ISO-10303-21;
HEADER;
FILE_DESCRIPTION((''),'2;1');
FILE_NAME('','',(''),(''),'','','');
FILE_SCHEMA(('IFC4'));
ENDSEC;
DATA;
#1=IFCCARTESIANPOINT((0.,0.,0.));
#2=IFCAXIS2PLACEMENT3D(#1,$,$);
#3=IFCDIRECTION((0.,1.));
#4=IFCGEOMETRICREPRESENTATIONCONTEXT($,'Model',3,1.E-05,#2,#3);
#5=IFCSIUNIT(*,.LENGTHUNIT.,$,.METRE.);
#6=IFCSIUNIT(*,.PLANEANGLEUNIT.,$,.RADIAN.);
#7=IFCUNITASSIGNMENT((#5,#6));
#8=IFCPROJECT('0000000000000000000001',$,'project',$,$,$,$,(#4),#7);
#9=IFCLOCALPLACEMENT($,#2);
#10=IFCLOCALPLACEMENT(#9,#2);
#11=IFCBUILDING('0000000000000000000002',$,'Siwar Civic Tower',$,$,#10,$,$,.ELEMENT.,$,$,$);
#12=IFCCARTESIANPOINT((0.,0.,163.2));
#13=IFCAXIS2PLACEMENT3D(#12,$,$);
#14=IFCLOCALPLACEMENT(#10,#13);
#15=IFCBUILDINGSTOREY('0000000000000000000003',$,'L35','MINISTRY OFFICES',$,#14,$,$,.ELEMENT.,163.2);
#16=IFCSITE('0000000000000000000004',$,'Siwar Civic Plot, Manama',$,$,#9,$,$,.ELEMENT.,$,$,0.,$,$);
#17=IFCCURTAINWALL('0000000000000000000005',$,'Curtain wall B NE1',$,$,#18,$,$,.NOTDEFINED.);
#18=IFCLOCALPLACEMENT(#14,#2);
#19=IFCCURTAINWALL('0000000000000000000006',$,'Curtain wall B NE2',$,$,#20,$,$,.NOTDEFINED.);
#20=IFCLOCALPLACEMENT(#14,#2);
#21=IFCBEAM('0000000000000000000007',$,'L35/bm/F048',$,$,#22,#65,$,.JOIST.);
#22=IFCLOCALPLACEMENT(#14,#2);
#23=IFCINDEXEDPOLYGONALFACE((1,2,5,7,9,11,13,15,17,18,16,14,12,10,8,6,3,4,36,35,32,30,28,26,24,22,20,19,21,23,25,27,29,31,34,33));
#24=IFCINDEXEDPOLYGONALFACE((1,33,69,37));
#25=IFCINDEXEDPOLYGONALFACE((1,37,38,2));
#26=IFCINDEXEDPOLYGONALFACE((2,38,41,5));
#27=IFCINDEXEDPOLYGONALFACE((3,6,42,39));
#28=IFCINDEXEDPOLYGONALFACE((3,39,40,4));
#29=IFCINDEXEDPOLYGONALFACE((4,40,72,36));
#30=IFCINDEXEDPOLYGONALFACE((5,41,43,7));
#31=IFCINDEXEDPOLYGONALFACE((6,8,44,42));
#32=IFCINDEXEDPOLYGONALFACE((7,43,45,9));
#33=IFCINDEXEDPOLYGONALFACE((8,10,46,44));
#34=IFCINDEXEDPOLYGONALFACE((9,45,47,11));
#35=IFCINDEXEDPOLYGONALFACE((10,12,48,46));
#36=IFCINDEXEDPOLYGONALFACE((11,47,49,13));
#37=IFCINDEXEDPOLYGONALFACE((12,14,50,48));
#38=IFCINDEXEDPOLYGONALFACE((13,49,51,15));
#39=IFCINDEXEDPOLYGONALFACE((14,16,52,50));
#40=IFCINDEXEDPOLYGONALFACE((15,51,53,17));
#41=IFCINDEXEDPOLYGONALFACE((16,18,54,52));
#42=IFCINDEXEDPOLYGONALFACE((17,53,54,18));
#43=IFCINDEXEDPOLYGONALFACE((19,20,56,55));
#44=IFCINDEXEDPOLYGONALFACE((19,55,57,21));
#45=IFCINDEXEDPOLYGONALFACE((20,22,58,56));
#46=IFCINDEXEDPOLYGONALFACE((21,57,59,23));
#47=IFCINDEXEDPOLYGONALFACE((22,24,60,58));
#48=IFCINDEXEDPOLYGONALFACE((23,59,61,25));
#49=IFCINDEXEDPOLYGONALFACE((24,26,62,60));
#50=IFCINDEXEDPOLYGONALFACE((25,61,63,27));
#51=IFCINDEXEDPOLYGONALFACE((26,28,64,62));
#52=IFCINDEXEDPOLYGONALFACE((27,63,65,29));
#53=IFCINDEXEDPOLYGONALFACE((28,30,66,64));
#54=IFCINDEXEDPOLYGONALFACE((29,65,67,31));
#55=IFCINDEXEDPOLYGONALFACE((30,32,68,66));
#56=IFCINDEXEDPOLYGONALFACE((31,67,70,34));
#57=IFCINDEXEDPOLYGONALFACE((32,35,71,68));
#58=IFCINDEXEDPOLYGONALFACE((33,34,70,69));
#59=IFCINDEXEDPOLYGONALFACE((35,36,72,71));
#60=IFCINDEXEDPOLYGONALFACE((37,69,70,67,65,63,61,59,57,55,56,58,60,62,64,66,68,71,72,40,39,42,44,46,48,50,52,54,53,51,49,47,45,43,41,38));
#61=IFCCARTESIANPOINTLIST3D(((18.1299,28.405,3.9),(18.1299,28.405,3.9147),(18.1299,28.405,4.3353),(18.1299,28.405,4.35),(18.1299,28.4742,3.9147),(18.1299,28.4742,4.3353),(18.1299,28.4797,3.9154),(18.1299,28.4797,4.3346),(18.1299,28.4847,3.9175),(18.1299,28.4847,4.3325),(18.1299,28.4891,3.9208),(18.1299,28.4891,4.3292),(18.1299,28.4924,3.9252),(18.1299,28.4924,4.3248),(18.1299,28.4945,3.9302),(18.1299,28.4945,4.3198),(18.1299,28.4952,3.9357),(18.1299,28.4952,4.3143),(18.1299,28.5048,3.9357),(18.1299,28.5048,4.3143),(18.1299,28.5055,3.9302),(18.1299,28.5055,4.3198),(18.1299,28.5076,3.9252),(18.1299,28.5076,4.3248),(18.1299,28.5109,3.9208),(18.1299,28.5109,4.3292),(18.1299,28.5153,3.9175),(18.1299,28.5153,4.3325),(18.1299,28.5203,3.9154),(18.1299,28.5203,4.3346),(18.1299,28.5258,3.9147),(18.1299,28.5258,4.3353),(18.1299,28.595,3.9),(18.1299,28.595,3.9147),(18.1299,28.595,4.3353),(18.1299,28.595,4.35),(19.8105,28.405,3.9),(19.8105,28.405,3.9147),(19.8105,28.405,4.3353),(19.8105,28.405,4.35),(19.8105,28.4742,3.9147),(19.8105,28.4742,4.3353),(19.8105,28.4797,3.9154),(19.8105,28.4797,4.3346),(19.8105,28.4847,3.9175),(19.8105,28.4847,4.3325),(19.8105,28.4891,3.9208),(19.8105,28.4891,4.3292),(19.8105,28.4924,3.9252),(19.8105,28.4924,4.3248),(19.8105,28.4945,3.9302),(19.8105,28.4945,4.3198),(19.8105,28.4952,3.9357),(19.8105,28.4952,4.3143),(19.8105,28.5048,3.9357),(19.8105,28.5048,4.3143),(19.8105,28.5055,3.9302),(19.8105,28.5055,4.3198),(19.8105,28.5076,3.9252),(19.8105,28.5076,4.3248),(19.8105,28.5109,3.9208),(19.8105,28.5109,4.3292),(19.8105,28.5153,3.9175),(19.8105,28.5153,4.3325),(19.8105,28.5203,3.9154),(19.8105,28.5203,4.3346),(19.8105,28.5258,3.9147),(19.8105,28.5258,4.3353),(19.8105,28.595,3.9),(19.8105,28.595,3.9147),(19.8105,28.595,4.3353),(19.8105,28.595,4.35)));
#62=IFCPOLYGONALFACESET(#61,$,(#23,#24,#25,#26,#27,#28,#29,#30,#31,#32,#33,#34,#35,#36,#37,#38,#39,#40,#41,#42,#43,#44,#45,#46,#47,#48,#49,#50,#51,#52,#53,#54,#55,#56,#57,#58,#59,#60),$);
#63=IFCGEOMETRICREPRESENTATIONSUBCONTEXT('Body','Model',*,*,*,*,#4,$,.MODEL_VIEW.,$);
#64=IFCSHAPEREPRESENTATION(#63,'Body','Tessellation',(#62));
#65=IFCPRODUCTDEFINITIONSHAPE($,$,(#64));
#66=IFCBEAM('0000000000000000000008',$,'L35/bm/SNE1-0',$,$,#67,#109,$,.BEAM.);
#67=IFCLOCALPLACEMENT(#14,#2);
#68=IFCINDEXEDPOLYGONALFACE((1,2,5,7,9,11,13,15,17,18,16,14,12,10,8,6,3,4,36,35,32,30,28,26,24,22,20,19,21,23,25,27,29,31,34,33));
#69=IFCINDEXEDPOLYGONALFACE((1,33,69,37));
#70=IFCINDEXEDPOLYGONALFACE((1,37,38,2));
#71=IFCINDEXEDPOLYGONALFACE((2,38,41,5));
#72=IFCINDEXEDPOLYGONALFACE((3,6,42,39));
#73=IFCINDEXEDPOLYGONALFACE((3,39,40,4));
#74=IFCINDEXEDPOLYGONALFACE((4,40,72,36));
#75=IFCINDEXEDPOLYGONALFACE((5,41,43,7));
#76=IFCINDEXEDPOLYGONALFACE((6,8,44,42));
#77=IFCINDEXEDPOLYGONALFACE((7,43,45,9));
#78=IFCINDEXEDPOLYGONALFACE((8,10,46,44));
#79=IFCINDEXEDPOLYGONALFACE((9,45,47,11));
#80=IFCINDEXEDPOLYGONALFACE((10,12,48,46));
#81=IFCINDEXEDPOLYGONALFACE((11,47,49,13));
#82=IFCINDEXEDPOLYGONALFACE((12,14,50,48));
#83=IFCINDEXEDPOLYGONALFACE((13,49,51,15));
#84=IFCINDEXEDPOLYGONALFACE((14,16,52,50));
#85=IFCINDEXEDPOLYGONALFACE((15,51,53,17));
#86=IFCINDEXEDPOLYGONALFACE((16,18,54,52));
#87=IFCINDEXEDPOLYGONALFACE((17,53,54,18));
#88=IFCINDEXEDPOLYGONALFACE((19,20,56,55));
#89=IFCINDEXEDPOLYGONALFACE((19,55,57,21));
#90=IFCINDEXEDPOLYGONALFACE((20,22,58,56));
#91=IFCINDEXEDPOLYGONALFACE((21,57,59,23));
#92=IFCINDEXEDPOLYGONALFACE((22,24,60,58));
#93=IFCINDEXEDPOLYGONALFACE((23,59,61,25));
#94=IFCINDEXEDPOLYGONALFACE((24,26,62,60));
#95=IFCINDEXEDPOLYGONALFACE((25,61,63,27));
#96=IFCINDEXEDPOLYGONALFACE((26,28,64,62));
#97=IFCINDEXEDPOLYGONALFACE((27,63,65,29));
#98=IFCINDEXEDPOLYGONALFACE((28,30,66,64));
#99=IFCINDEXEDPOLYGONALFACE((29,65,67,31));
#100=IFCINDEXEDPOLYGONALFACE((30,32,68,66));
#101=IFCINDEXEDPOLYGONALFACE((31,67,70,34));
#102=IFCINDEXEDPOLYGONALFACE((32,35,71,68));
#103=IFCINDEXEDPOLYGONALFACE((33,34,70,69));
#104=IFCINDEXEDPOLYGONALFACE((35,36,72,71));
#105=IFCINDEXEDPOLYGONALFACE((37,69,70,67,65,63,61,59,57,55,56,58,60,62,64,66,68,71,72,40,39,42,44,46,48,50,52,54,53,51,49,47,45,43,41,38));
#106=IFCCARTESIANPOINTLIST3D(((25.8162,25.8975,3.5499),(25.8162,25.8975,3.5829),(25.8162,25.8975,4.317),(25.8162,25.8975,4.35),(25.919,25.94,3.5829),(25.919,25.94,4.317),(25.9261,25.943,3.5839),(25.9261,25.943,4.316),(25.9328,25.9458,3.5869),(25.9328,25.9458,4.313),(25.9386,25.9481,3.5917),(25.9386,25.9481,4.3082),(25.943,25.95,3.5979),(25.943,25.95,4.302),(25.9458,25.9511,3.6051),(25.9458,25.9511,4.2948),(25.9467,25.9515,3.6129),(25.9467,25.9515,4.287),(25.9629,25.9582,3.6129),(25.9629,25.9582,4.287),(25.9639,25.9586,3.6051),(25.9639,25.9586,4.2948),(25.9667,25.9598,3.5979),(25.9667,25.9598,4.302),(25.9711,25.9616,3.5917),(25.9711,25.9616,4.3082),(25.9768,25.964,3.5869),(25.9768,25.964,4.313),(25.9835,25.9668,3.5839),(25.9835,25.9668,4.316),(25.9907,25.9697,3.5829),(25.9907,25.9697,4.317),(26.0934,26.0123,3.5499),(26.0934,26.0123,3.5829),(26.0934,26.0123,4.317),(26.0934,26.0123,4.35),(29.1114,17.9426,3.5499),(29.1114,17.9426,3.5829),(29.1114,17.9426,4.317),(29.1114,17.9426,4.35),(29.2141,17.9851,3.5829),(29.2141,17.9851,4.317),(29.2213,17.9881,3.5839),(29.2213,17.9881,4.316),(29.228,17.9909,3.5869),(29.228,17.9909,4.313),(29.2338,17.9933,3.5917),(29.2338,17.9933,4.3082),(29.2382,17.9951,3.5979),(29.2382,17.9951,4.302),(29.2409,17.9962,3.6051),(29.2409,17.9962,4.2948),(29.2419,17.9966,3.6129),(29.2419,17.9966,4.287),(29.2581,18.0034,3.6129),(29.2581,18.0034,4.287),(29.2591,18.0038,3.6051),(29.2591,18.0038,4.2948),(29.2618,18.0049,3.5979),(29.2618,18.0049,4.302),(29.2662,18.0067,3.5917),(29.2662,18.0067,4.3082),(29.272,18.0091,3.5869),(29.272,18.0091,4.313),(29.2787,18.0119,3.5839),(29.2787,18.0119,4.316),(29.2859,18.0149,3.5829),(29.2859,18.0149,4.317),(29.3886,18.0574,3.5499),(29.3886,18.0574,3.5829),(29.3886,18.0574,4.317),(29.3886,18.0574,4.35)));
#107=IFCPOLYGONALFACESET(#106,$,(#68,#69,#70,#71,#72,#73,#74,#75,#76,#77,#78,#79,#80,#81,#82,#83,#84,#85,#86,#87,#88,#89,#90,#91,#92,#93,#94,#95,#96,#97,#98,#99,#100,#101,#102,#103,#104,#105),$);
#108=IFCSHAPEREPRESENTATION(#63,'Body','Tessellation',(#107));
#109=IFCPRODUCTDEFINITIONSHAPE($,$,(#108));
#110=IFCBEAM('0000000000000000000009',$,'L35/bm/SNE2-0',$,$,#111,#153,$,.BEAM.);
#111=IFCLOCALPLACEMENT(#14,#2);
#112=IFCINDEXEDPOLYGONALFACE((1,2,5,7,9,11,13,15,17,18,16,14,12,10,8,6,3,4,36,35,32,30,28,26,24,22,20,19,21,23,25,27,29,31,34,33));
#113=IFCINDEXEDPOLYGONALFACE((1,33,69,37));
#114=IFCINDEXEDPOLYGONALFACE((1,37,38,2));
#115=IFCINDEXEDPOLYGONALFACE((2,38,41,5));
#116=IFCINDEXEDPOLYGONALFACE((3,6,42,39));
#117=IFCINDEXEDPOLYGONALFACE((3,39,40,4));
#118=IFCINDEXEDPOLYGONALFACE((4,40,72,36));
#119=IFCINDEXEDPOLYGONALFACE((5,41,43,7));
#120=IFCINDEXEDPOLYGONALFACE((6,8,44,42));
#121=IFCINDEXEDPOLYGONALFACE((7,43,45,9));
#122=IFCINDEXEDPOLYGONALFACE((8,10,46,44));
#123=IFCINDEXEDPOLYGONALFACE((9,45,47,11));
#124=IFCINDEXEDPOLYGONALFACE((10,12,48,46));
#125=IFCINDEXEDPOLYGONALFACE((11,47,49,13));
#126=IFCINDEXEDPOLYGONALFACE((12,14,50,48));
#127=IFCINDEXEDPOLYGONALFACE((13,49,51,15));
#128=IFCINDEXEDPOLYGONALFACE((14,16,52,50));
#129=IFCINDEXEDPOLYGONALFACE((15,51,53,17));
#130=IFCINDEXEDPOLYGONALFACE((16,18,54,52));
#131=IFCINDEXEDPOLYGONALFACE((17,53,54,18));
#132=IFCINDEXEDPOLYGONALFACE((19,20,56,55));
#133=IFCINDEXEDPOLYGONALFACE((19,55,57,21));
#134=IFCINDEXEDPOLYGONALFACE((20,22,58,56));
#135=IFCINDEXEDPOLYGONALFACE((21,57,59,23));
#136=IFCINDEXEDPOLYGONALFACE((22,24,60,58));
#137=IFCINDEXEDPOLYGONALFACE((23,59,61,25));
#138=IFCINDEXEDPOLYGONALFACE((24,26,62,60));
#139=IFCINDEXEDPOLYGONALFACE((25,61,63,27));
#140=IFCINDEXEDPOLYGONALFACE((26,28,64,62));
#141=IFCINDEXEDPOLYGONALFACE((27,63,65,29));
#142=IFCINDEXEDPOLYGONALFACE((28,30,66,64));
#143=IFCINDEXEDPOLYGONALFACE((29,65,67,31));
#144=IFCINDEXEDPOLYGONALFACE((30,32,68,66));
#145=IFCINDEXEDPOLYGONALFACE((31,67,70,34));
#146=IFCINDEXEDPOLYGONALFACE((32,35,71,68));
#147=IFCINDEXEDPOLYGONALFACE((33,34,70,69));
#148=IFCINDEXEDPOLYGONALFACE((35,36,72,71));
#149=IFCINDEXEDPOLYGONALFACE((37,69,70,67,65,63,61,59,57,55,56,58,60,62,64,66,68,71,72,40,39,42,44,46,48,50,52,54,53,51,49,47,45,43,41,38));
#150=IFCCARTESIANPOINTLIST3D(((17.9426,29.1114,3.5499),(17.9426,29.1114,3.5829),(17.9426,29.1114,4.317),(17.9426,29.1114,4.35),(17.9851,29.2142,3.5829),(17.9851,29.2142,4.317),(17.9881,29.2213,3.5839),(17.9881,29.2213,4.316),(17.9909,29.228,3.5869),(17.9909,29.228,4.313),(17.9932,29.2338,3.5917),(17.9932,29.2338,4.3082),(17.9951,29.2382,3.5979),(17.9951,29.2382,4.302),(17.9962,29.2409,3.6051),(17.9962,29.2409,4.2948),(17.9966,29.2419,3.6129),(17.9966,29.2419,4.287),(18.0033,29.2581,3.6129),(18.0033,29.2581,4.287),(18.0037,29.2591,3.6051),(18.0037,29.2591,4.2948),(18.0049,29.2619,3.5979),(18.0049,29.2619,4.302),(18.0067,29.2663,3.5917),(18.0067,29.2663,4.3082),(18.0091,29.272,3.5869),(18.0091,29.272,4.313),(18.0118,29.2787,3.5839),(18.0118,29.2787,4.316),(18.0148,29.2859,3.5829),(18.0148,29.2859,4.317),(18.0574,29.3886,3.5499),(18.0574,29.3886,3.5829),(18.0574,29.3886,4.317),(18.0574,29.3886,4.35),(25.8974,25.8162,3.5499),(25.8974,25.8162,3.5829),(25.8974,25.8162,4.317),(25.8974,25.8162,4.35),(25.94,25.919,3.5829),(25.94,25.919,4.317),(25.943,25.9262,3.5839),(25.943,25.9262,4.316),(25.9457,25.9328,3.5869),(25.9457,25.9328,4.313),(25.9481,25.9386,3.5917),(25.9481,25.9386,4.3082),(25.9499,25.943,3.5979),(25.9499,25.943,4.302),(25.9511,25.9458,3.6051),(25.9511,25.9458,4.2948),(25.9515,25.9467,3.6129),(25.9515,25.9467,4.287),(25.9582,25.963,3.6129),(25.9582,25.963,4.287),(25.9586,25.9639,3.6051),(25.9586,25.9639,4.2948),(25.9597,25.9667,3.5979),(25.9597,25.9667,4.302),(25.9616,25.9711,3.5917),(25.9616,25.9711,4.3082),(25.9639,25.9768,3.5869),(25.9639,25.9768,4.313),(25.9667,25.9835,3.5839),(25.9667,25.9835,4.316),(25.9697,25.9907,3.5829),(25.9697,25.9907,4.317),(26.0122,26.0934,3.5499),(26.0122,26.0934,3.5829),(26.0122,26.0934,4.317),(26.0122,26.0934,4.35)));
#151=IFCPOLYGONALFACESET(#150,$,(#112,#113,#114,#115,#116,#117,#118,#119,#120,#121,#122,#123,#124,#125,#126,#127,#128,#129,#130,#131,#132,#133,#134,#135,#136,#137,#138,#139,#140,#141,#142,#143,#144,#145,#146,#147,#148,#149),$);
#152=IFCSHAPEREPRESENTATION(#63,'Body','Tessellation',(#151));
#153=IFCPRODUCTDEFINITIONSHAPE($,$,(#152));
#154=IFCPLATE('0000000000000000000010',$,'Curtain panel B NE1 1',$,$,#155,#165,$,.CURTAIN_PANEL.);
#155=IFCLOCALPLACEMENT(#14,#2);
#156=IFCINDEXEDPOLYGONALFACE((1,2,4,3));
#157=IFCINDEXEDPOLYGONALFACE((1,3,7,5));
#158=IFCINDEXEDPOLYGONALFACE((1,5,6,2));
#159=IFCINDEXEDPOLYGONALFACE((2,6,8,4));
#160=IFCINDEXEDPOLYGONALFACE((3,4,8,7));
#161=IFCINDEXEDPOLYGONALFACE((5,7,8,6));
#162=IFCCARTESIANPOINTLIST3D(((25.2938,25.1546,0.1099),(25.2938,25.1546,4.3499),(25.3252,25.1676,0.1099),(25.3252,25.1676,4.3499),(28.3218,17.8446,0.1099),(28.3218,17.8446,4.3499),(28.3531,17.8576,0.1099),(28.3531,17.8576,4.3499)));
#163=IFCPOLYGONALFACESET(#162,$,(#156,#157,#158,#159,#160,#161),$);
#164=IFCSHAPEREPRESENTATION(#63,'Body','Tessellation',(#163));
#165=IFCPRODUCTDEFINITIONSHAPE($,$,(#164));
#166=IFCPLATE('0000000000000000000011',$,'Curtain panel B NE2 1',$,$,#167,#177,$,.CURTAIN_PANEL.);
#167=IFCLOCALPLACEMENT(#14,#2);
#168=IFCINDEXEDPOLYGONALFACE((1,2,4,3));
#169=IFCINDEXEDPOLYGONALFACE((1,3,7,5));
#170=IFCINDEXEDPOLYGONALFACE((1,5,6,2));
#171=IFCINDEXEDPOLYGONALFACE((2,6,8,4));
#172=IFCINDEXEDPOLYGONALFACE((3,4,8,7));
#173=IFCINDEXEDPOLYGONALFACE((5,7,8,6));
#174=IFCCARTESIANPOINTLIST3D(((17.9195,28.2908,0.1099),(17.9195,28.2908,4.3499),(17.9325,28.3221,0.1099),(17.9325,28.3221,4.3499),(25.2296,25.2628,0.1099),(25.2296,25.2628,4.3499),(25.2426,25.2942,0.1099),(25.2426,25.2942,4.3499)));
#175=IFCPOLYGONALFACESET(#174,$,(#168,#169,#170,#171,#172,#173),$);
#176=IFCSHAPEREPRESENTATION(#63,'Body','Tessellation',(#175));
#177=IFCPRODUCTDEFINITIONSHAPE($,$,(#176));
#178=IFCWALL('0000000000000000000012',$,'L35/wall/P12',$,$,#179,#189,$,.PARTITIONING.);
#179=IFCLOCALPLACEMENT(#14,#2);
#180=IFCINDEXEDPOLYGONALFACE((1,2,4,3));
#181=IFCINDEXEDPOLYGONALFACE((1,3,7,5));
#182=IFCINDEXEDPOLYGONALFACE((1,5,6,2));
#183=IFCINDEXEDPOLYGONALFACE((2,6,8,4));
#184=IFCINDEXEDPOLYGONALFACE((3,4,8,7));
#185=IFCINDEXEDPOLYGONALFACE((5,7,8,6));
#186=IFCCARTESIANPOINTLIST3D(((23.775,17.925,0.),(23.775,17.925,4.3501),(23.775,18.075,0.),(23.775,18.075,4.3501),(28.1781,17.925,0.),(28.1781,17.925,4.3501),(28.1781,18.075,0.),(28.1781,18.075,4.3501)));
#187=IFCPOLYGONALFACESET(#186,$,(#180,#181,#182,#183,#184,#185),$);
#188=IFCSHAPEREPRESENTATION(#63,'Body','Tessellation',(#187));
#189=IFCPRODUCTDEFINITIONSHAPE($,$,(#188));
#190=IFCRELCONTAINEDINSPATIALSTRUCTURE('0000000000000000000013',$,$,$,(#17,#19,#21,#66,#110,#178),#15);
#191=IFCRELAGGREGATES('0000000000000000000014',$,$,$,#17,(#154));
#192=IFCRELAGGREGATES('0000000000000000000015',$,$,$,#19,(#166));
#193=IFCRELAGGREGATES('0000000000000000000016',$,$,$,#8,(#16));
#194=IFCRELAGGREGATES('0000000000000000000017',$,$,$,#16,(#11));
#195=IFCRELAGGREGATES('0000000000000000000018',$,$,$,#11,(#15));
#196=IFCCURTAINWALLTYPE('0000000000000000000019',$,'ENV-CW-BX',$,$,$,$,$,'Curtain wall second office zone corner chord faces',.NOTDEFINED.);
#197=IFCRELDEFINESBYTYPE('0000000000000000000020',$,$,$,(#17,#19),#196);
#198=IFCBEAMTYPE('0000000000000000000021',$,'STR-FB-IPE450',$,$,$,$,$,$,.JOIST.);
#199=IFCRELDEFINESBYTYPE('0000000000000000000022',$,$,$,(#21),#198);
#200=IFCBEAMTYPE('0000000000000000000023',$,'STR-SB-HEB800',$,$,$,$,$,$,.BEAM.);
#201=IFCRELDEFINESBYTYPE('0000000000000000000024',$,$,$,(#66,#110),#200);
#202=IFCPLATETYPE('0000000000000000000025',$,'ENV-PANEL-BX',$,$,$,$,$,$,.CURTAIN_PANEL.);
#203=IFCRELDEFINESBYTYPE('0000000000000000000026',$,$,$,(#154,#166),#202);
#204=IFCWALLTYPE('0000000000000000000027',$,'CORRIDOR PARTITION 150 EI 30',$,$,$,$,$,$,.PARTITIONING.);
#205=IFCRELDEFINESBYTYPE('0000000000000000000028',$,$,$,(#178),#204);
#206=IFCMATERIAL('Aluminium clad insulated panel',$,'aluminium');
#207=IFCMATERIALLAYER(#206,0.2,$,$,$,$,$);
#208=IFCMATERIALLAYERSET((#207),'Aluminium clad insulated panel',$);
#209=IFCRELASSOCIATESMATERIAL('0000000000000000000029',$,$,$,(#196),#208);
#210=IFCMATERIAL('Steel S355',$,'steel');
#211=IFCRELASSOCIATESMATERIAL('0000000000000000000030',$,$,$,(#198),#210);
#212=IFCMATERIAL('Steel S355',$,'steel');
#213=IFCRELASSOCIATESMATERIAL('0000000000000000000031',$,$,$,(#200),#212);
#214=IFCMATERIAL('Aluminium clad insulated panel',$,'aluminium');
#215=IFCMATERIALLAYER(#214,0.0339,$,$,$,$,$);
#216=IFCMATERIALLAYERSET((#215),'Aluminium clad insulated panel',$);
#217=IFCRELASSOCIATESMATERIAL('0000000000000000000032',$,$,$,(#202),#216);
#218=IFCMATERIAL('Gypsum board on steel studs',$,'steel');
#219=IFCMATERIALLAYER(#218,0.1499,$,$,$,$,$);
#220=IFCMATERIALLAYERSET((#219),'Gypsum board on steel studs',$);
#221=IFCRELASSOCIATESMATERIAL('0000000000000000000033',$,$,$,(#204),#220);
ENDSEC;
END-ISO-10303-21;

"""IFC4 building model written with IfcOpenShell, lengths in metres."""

from ifc_helpers import new_model, si_unit, direction, frame, frame_2d, origin, origin_2d, place, context, subcontext, project, spatial, rectangle, i_section, extrude, material, layer, layer_set, material_profile, profile_set, type_object, element, aggregate, save


model = new_model("IFC4")

# Units and contexts
model_context = context("Model", 3, precision=1e-05, world=origin(), true_north=direction((0.0, 1.0)))
body_context = subcontext(model_context, "Body", "Model", "MODEL_VIEW")
ifc_project = project(units=[si_unit("LENGTHUNIT", "METRE"), si_unit("PLANEANGLEUNIT", "RADIAN")], contexts=[model_context])

# Site, building, storey
site_placement = place(None, origin())
site = spatial("IfcSite", under=ifc_project, at=site_placement, Name="Siwar Civic Plot, Manama", CompositionType="ELEMENT", RefElevation=0.0)
building_placement = place(site_placement, origin())
building = spatial("IfcBuilding", under=site, at=building_placement, Name="Siwar Civic Tower", CompositionType="ELEMENT")
storey_placement = place(building_placement, frame((0.0, 0.0, 163.2)))
storey = spatial("IfcBuildingStorey", under=building, at=storey_placement, Name="L35", Description="MINISTRY OFFICES", CompositionType="ELEMENT", Elevation=163.2)

# Curtain walls
ifc_material_1 = material(Name="Aluminium clad insulated panel", Category="aluminium")
ifc_layer_1 = layer(ifc_material_1, 0.2)
ifc_layer_set_1 = layer_set([ifc_layer_1], Name="Aluminium clad insulated panel")
curtain_wall_type = type_object("IfcCurtainWallType", Name="ENV-CW-BX", ElementType="Curtain wall second office zone corner chord faces", PredefinedType="NOTDEFINED", material=ifc_layer_set_1)
curtain_wall_1_placement = place(storey_placement, origin())
curtain_wall_1 = element("IfcCurtainWall", 1, at=curtain_wall_1_placement, inside=storey, type_object=curtain_wall_type, Name="Curtain wall B NE1", PredefinedType="NOTDEFINED")
curtain_wall_2_placement = place(storey_placement, origin())
curtain_wall_2 = element("IfcCurtainWall", 2, at=curtain_wall_2_placement, inside=storey, type_object=curtain_wall_type, Name="Curtain wall B NE2", PredefinedType="NOTDEFINED")

# Beams
ifc_material_2 = material(Name="Steel S355", Category="steel")
ifc_material_profile_1 = material_profile(ifc_material_2, i_section(OverallWidth=0.1899, OverallDepth=0.45, WebThickness=0.0095, FlangeThickness=0.0146, FilletRadius=0.021, at=origin_2d()), Name="IPE450")
ifc_profile_set_1 = profile_set([ifc_material_profile_1], Name="Steel S355")
beam_type_1 = type_object("IfcBeamType", Name="STR-FB-IPE450", PredefinedType="JOIST", material=ifc_profile_set_1)
beam_1_placement = place(storey_placement, frame((18.1299, 28.5, 4.125), z_axis=(1.0, 0.0, 0.0), x_axis=(0.0, 1.0, 0.0)))
element("IfcBeam", 3, at=beam_1_placement, inside=storey, type_object=beam_type_1, Name="L35/bm/F048", PredefinedType="JOIST", context=body_context, shape_type="SweptSolid", body=[
    extrude(i_section(OverallWidth=0.1899, OverallDepth=0.45, WebThickness=0.0095, FlangeThickness=0.0146, FilletRadius=0.021, at=origin_2d()), origin(), (0.0, 0.0, 1.0), 1.6807),
])
ifc_material_3 = material(Name="Steel S355", Category="steel")
ifc_material_profile_2 = material_profile(ifc_material_3, i_section(OverallWidth=0.3, OverallDepth=0.8, WebThickness=0.0176, FlangeThickness=0.033, FilletRadius=0.03, at=origin_2d()), Name="HEB800")
ifc_profile_set_2 = profile_set([ifc_material_profile_2], Name="Steel S355")
beam_type_2 = type_object("IfcBeamType", Name="STR-SB-HEB800", PredefinedType="BEAM", material=ifc_profile_set_2)
for number, where, z_axis, x_axis, name in (
    (4, (29.25, 18.0, 3.95), (-0.3827, 0.923873, 0.0), (-0.923873, -0.3827, 0.0), "L35/bm/SNE1-0"),
    (5, (25.9548, 25.9548, 3.95), (-0.923873, 0.3827, 0.0), (-0.3827, -0.923873, 0.0), "L35/bm/SNE2-0"),
):
    element("IfcBeam", number, at=place(storey_placement, frame(where, z_axis=z_axis, x_axis=x_axis)), inside=storey, type_object=beam_type_2, Name=name, PredefinedType="BEAM", context=body_context, shape_type="SweptSolid", body=[
        extrude(i_section(OverallWidth=0.3, OverallDepth=0.8, WebThickness=0.0176, FlangeThickness=0.033, FilletRadius=0.03, at=origin_2d()), origin(), (0.0, 0.0, 1.0), 8.6104),
    ])

# Plates
ifc_material_4 = material(Name="Aluminium clad insulated panel", Category="aluminium")
ifc_layer_2 = layer(ifc_material_4, 0.0339)
ifc_layer_set_2 = layer_set([ifc_layer_2], Name="Aluminium clad insulated panel")
plate_type = type_object("IfcPlateType", Name="ENV-PANEL-BX", PredefinedType="CURTAIN_PANEL", material=ifc_layer_set_2)
plate_1_placement = place(storey_placement, frame((26.8235, 21.5061, 0.1099), z_axis=(0.0, 0.0, 1.0), x_axis=(-0.382683, 0.92388, 0.0)))
plate_1 = element("IfcPlate", 6, at=plate_1_placement, type_object=plate_type, Name="Curtain panel B NE1 1", PredefinedType="CURTAIN_PANEL", context=body_context, shape_type="SweptSolid", body=[
    extrude(rectangle(XDim=7.9124, YDim=0.0339, at=origin_2d()), origin(), (0.0, 0.0, 1.0), 4.24),
])
aggregate(curtain_wall_1, [plate_1])
plate_2_placement = place(storey_placement, frame((21.5811, 26.7925, 0.1099), z_axis=(0.0, 0.0, 1.0), x_axis=(-0.92388, 0.382683, 0.0)))
plate_2 = element("IfcPlate", 7, at=plate_2_placement, type_object=plate_type, Name="Curtain panel B NE2 1", PredefinedType="CURTAIN_PANEL", context=body_context, shape_type="SweptSolid", body=[
    extrude(rectangle(XDim=7.9124, YDim=0.0339, at=origin_2d()), origin(), (0.0, 0.0, 1.0), 4.24),
])
aggregate(curtain_wall_2, [plate_2])

# Wall
ifc_material_5 = material(Name="Gypsum board on steel studs", Category="steel")
ifc_layer_3 = layer(ifc_material_5, 0.1499)
ifc_layer_set_3 = layer_set([ifc_layer_3], Name="Gypsum board on steel studs")
wall_type_1 = type_object("IfcWallType", Name="CORRIDOR PARTITION 150 EI 30", PredefinedType="PARTITIONING", material=ifc_layer_set_3)
wall_1_placement = place(storey_placement, frame((23.7749, 18.0, 0.0), z_axis=(0.0, 0.0, 1.0), x_axis=(1.0, 0.0, 0.0)))
element("IfcWall", 8, at=wall_1_placement, inside=storey, type_object=wall_type_1, Name="L35/wall/P12", PredefinedType="PARTITIONING", context=body_context, shape_type="SweptSolid", body=[
    extrude(rectangle(XDim=4.4031, YDim=0.1499, at=frame_2d((2.2017, 0.0))), origin(), (0.0, 0.0, 1.0), 4.3501),
])

save(model, "model.ifc")
